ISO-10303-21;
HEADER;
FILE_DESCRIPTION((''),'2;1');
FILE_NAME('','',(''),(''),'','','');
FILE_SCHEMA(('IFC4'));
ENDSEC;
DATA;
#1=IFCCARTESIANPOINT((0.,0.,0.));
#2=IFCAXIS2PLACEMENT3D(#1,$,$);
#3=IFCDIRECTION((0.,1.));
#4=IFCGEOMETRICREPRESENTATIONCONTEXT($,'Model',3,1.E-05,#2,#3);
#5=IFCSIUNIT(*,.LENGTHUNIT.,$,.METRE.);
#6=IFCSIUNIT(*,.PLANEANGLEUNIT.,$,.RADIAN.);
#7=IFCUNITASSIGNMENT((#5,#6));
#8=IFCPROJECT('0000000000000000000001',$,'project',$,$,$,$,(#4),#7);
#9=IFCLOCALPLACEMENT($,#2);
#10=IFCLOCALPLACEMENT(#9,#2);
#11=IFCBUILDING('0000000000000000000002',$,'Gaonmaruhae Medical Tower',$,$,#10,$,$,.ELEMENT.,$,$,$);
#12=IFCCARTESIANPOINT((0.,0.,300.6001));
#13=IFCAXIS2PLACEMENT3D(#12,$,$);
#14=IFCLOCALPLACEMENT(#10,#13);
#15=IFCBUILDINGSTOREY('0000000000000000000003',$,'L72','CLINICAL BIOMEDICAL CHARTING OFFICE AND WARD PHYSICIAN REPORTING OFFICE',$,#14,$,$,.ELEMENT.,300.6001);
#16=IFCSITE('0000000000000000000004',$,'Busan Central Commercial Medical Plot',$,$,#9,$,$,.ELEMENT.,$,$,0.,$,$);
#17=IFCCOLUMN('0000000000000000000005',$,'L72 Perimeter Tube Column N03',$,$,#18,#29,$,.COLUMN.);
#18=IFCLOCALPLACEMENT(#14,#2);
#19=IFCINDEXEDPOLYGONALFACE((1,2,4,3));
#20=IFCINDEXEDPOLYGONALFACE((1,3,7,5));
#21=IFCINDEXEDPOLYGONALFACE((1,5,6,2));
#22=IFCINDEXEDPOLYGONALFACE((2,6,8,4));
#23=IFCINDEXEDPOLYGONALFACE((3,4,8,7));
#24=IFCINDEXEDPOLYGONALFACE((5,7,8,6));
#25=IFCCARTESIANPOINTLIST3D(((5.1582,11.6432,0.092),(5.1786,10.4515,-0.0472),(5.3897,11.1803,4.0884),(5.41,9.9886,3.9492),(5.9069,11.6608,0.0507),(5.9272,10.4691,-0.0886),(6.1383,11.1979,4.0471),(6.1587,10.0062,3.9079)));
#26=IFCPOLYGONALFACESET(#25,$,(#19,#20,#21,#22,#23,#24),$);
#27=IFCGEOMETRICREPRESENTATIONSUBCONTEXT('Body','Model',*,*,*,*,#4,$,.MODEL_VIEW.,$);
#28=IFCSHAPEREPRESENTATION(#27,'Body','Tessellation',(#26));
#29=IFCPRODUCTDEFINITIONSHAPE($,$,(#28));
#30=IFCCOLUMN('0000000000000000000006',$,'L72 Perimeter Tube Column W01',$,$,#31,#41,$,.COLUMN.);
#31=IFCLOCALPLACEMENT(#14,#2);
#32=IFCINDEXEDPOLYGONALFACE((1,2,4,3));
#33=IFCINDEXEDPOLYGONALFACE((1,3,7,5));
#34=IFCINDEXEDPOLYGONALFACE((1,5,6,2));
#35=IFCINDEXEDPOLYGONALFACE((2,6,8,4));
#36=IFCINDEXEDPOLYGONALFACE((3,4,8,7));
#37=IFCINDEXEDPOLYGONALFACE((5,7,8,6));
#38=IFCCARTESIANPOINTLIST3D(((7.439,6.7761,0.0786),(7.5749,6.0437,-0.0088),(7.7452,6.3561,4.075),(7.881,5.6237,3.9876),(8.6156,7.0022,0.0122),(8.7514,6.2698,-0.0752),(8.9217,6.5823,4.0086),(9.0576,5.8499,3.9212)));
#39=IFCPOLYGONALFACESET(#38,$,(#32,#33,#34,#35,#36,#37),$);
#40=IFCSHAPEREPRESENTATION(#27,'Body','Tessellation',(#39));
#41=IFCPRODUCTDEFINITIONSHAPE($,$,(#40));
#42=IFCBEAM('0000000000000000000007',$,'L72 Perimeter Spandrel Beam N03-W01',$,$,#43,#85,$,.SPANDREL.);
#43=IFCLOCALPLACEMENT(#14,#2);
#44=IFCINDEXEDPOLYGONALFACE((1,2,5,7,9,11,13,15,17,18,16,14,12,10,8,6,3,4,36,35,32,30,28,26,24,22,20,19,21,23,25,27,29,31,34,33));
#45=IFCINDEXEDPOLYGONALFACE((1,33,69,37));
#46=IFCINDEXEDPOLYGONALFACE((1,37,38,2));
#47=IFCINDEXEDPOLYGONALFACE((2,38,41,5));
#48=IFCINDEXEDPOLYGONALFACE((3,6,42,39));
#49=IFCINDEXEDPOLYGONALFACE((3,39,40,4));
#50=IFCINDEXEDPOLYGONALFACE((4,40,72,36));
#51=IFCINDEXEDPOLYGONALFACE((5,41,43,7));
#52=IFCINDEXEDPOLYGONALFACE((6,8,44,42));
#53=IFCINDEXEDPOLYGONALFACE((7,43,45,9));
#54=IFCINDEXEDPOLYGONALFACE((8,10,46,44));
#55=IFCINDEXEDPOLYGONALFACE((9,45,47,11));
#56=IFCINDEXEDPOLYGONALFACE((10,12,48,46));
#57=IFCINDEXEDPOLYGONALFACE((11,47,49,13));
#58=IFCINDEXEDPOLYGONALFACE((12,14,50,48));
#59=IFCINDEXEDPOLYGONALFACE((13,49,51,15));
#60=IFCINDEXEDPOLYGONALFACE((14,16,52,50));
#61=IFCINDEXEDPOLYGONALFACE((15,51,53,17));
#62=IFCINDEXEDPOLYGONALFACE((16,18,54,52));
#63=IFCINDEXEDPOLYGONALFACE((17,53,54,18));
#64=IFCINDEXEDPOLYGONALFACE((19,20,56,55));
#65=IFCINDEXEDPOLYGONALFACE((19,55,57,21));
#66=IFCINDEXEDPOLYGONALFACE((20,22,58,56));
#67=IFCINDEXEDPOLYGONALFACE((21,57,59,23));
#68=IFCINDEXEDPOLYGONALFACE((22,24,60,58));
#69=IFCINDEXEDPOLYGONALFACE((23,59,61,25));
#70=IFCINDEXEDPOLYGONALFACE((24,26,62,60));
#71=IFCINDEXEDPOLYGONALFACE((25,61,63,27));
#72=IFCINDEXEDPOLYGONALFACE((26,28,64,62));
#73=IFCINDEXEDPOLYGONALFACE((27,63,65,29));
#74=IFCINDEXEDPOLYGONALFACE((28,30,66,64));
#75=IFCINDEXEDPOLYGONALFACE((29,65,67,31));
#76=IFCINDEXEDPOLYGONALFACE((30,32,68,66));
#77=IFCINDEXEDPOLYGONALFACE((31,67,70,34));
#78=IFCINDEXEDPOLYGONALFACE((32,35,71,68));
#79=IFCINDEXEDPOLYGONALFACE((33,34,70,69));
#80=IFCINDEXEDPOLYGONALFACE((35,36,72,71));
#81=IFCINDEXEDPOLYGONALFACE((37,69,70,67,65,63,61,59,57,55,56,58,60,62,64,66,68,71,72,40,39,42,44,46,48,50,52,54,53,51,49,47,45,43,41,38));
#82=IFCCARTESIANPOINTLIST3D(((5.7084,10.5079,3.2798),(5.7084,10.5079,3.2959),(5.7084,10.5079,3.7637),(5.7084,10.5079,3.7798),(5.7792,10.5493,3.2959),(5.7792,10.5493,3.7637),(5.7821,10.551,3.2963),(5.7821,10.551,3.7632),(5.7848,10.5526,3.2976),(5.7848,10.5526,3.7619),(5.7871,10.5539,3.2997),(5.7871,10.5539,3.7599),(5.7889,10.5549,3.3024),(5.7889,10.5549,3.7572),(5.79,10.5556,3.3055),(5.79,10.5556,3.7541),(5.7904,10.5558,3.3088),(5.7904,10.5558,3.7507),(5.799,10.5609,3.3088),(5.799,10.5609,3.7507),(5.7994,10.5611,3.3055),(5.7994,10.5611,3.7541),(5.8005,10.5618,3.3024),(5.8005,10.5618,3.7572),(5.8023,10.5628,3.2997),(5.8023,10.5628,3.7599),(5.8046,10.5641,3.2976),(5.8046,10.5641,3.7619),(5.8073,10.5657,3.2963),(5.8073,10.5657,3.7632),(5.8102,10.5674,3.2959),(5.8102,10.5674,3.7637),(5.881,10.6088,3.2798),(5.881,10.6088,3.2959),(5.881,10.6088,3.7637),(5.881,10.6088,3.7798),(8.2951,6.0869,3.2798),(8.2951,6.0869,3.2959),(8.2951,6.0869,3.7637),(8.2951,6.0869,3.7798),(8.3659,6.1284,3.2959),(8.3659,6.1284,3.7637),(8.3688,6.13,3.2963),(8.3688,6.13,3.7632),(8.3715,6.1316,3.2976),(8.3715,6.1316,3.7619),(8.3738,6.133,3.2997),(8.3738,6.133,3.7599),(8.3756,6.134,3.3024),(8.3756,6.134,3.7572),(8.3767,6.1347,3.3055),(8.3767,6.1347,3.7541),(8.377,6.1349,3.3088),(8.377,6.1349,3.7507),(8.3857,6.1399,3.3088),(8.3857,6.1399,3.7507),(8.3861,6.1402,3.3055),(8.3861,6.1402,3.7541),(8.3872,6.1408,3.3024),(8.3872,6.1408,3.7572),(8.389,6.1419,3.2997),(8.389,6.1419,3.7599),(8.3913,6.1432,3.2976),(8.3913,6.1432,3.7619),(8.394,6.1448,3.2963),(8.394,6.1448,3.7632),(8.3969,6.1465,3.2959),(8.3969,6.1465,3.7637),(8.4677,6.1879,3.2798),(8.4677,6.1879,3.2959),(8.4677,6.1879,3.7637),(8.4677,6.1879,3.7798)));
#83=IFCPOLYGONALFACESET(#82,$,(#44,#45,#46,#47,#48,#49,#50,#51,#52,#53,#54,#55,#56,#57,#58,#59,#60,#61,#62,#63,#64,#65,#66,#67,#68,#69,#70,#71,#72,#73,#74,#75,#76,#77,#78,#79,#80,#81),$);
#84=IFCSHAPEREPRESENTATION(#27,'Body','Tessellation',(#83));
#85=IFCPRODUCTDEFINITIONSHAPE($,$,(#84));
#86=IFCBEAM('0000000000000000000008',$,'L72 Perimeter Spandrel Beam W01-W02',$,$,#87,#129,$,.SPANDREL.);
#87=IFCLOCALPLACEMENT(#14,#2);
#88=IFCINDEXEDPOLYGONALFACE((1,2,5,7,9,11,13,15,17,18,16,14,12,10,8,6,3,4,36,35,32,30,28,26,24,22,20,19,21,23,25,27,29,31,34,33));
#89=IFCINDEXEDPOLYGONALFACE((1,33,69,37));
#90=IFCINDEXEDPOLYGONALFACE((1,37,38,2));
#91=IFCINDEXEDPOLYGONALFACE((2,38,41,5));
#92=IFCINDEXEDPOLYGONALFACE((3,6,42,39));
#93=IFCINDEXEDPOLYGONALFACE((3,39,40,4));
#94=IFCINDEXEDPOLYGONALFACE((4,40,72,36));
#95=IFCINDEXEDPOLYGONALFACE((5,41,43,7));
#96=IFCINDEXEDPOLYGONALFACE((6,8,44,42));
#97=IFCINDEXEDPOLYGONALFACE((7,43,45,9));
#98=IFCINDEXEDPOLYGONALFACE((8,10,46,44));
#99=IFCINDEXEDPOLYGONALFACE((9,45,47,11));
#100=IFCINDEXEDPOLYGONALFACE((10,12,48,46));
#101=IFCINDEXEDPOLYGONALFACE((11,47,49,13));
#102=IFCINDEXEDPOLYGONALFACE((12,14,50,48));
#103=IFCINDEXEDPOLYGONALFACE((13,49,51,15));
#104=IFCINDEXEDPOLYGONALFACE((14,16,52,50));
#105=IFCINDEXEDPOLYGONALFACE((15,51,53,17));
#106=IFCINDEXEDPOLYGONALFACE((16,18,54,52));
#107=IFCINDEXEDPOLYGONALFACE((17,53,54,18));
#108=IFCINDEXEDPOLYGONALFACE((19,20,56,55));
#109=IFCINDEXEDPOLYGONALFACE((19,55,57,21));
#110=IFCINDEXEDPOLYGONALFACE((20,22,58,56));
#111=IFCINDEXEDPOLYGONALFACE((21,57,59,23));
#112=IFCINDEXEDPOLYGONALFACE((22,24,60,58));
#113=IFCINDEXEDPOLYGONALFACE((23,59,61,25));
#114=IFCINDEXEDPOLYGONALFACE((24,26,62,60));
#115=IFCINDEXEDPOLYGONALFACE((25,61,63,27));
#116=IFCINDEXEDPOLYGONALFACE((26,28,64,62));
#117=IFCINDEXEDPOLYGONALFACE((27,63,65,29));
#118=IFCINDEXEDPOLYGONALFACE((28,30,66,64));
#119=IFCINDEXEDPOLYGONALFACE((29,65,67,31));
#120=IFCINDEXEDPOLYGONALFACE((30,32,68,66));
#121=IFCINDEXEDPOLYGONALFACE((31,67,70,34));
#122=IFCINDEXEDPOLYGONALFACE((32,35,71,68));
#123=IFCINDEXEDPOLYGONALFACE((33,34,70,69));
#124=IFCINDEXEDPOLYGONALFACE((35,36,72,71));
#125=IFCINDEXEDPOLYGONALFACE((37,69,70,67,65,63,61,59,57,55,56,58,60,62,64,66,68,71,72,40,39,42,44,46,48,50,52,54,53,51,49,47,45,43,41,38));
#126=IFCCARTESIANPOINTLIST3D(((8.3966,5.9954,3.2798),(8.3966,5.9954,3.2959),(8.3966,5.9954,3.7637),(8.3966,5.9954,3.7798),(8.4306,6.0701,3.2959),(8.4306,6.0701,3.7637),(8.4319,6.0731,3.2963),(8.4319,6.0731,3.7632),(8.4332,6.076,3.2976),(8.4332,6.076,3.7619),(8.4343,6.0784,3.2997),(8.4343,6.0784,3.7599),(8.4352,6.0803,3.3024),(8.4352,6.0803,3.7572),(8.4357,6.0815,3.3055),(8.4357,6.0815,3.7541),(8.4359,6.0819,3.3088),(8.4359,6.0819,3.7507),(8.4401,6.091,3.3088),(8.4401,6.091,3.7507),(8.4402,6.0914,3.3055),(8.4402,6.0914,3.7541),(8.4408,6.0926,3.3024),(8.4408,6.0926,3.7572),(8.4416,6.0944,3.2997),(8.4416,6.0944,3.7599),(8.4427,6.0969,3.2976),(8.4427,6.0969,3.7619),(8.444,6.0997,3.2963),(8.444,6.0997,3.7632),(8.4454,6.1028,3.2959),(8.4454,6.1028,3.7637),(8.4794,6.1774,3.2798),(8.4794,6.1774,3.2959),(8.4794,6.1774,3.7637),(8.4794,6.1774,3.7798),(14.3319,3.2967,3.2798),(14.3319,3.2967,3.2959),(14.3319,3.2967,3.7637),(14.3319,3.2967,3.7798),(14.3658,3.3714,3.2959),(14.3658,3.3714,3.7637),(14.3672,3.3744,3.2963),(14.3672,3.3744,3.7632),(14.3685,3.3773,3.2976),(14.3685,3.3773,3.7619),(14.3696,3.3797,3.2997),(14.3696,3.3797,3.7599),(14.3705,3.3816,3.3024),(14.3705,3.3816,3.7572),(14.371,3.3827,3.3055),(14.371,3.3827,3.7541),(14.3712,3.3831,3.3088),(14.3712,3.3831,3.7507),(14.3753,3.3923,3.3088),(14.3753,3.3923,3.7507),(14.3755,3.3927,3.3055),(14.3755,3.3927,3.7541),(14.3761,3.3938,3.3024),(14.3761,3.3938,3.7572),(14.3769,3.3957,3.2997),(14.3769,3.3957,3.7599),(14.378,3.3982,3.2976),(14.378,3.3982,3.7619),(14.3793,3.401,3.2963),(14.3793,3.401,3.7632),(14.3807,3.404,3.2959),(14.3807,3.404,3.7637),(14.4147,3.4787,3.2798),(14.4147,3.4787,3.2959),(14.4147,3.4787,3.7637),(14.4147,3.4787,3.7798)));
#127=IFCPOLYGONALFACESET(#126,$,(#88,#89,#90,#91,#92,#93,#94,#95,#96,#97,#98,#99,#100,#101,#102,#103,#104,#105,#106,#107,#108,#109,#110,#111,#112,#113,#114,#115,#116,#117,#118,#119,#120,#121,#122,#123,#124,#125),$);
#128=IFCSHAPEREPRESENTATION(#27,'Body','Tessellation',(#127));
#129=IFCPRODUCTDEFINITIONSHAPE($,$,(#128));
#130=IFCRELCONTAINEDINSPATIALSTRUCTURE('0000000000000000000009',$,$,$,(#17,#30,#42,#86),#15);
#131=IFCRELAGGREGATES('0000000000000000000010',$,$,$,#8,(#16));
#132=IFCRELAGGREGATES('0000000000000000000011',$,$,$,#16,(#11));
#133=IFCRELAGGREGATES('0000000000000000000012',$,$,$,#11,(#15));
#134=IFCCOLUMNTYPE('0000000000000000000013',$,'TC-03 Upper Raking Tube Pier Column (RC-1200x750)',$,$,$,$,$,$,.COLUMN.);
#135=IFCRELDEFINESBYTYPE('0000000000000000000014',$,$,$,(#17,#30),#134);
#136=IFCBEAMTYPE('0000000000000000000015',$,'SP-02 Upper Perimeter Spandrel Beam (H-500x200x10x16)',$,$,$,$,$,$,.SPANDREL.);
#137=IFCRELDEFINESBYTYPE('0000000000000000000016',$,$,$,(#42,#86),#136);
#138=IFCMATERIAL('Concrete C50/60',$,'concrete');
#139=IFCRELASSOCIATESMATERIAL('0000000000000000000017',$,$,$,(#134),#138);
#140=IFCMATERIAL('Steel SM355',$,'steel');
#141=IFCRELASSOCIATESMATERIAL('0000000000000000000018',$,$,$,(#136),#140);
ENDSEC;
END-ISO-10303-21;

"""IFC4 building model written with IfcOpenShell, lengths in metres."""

from ifc_helpers import new_model, si_unit, direction, frame, origin, origin_2d, place, context, subcontext, project, spatial, rectangle, i_section, extrude, material, material_profile, profile_set, type_object, element, save


model = new_model("IFC4")

# Units and contexts
model_context = context("Model", 3, precision=1e-05, world=origin(), true_north=direction((0.0, 1.0)))
body_context = subcontext(model_context, "Body", "Model", "MODEL_VIEW")
ifc_project = project(units=[si_unit("LENGTHUNIT", "METRE"), si_unit("PLANEANGLEUNIT", "RADIAN")], contexts=[model_context])

# Site, building, storey
site_placement = place(None, origin())
site = spatial("IfcSite", under=ifc_project, at=site_placement, Name="Busan Central Commercial Medical Plot", CompositionType="ELEMENT", RefElevation=0.0)
building_placement = place(site_placement, origin())
building = spatial("IfcBuilding", under=site, at=building_placement, Name="Gaonmaruhae Medical Tower", CompositionType="ELEMENT")
storey_placement = place(building_placement, frame((0.0, 0.0, 300.6001)))
storey = spatial("IfcBuildingStorey", under=building, at=storey_placement, Name="L72", Description="CLINICAL BIOMEDICAL CHARTING OFFICE AND WARD PHYSICIAN REPORTING OFFICE", CompositionType="ELEMENT", Elevation=300.6001)

# Columns
ifc_material_1 = material(Name="Concrete C50/60", Category="concrete")
ifc_material_profile_1 = material_profile(ifc_material_1, rectangle(XDim=1.2, YDim=0.75, at=origin_2d()), Name="RC-1200x750")
ifc_profile_set_1 = profile_set([ifc_material_profile_1], Name="Concrete C50/60")
column_type = type_object("IfcColumnType", Name="TC-03 Upper Raking Tube Pier Column (RC-1200x750)", PredefinedType="COLUMN", material=ifc_profile_set_1)
column_1_placement = place(storey_placement, frame((5.5427, 11.0562, 0.0017), z_axis=(0.057435, -0.11487, 0.991719), x_axis=(-0.016987, 0.993102, 0.116014)))
element("IfcColumn", 1, at=column_1_placement, inside=storey, type_object=column_type, Name="L72 Perimeter Tube Column N03", PredefinedType="COLUMN", context=body_context, shape_type="SweptSolid", body=[
    extrude(rectangle(XDim=1.2, YDim=0.75, at=origin_2d()), origin(), (0.0, 0.0, 1.0), 4.0298),
])
column_2_placement = place(storey_placement, frame((8.0952, 6.5229, 0.0017), z_axis=(0.075969, -0.104199, 0.991651), x_axis=(-0.98052, -0.188469, 0.055312)))
element("IfcColumn", 2, at=column_2_placement, inside=storey, type_object=column_type, Name="L72 Perimeter Tube Column W01", PredefinedType="COLUMN", context=body_context, shape_type="SweptSolid", body=[
    extrude(rectangle(XDim=1.2, YDim=0.75, at=origin_2d()), origin(), (0.0, 0.0, 1.0), 4.03),
])

# Beams
ifc_material_2 = material(Name="Steel SM355", Category="steel")
ifc_material_profile_2 = material_profile(ifc_material_2, i_section(OverallWidth=0.2, OverallDepth=0.5, WebThickness=0.01, FlangeThickness=0.0161, FilletRadius=0.0129, at=origin_2d()), Name="H-500x200x10x16")
ifc_profile_set_2 = profile_set([ifc_material_profile_2], Name="Steel SM355")
beam_type = type_object("IfcBeamType", Name="SP-02 Upper Perimeter Spandrel Beam (H-500x200x10x16)", PredefinedType="SPANDREL", material=ifc_profile_set_2)
beam_1_placement = place(storey_placement, frame((5.7947, 10.5583, 3.5298), z_axis=(0.505009, -0.863114, 0.0), x_axis=(0.863114, 0.505009, 0.0)))
element("IfcBeam", 3, at=beam_1_placement, inside=storey, type_object=beam_type, Name="L72 Perimeter Spandrel Beam N03-W01", PredefinedType="SPANDREL", context=body_context, shape_type="SweptSolid", body=[
    extrude(i_section(OverallWidth=0.2, OverallDepth=0.5, WebThickness=0.01, FlangeThickness=0.0161, FilletRadius=0.0129, at=origin_2d()), origin(), (0.0, 0.0, 1.0), 5.1221),
])
beam_2_placement = place(storey_placement, frame((8.438, 6.0864, 3.5298), z_axis=(0.910316, -0.413913, 0.0), x_axis=(0.413913, 0.910316, 0.0)))
element("IfcBeam", 4, at=beam_2_placement, inside=storey, type_object=beam_type, Name="L72 Perimeter Spandrel Beam W01-W02", PredefinedType="SPANDREL", context=body_context, shape_type="SweptSolid", body=[
    extrude(i_section(OverallWidth=0.2, OverallDepth=0.5, WebThickness=0.01, FlangeThickness=0.0161, FilletRadius=0.0129, at=origin_2d()), origin(), (0.0, 0.0, 1.0), 6.52),
])

save(model, "model.ifc")
